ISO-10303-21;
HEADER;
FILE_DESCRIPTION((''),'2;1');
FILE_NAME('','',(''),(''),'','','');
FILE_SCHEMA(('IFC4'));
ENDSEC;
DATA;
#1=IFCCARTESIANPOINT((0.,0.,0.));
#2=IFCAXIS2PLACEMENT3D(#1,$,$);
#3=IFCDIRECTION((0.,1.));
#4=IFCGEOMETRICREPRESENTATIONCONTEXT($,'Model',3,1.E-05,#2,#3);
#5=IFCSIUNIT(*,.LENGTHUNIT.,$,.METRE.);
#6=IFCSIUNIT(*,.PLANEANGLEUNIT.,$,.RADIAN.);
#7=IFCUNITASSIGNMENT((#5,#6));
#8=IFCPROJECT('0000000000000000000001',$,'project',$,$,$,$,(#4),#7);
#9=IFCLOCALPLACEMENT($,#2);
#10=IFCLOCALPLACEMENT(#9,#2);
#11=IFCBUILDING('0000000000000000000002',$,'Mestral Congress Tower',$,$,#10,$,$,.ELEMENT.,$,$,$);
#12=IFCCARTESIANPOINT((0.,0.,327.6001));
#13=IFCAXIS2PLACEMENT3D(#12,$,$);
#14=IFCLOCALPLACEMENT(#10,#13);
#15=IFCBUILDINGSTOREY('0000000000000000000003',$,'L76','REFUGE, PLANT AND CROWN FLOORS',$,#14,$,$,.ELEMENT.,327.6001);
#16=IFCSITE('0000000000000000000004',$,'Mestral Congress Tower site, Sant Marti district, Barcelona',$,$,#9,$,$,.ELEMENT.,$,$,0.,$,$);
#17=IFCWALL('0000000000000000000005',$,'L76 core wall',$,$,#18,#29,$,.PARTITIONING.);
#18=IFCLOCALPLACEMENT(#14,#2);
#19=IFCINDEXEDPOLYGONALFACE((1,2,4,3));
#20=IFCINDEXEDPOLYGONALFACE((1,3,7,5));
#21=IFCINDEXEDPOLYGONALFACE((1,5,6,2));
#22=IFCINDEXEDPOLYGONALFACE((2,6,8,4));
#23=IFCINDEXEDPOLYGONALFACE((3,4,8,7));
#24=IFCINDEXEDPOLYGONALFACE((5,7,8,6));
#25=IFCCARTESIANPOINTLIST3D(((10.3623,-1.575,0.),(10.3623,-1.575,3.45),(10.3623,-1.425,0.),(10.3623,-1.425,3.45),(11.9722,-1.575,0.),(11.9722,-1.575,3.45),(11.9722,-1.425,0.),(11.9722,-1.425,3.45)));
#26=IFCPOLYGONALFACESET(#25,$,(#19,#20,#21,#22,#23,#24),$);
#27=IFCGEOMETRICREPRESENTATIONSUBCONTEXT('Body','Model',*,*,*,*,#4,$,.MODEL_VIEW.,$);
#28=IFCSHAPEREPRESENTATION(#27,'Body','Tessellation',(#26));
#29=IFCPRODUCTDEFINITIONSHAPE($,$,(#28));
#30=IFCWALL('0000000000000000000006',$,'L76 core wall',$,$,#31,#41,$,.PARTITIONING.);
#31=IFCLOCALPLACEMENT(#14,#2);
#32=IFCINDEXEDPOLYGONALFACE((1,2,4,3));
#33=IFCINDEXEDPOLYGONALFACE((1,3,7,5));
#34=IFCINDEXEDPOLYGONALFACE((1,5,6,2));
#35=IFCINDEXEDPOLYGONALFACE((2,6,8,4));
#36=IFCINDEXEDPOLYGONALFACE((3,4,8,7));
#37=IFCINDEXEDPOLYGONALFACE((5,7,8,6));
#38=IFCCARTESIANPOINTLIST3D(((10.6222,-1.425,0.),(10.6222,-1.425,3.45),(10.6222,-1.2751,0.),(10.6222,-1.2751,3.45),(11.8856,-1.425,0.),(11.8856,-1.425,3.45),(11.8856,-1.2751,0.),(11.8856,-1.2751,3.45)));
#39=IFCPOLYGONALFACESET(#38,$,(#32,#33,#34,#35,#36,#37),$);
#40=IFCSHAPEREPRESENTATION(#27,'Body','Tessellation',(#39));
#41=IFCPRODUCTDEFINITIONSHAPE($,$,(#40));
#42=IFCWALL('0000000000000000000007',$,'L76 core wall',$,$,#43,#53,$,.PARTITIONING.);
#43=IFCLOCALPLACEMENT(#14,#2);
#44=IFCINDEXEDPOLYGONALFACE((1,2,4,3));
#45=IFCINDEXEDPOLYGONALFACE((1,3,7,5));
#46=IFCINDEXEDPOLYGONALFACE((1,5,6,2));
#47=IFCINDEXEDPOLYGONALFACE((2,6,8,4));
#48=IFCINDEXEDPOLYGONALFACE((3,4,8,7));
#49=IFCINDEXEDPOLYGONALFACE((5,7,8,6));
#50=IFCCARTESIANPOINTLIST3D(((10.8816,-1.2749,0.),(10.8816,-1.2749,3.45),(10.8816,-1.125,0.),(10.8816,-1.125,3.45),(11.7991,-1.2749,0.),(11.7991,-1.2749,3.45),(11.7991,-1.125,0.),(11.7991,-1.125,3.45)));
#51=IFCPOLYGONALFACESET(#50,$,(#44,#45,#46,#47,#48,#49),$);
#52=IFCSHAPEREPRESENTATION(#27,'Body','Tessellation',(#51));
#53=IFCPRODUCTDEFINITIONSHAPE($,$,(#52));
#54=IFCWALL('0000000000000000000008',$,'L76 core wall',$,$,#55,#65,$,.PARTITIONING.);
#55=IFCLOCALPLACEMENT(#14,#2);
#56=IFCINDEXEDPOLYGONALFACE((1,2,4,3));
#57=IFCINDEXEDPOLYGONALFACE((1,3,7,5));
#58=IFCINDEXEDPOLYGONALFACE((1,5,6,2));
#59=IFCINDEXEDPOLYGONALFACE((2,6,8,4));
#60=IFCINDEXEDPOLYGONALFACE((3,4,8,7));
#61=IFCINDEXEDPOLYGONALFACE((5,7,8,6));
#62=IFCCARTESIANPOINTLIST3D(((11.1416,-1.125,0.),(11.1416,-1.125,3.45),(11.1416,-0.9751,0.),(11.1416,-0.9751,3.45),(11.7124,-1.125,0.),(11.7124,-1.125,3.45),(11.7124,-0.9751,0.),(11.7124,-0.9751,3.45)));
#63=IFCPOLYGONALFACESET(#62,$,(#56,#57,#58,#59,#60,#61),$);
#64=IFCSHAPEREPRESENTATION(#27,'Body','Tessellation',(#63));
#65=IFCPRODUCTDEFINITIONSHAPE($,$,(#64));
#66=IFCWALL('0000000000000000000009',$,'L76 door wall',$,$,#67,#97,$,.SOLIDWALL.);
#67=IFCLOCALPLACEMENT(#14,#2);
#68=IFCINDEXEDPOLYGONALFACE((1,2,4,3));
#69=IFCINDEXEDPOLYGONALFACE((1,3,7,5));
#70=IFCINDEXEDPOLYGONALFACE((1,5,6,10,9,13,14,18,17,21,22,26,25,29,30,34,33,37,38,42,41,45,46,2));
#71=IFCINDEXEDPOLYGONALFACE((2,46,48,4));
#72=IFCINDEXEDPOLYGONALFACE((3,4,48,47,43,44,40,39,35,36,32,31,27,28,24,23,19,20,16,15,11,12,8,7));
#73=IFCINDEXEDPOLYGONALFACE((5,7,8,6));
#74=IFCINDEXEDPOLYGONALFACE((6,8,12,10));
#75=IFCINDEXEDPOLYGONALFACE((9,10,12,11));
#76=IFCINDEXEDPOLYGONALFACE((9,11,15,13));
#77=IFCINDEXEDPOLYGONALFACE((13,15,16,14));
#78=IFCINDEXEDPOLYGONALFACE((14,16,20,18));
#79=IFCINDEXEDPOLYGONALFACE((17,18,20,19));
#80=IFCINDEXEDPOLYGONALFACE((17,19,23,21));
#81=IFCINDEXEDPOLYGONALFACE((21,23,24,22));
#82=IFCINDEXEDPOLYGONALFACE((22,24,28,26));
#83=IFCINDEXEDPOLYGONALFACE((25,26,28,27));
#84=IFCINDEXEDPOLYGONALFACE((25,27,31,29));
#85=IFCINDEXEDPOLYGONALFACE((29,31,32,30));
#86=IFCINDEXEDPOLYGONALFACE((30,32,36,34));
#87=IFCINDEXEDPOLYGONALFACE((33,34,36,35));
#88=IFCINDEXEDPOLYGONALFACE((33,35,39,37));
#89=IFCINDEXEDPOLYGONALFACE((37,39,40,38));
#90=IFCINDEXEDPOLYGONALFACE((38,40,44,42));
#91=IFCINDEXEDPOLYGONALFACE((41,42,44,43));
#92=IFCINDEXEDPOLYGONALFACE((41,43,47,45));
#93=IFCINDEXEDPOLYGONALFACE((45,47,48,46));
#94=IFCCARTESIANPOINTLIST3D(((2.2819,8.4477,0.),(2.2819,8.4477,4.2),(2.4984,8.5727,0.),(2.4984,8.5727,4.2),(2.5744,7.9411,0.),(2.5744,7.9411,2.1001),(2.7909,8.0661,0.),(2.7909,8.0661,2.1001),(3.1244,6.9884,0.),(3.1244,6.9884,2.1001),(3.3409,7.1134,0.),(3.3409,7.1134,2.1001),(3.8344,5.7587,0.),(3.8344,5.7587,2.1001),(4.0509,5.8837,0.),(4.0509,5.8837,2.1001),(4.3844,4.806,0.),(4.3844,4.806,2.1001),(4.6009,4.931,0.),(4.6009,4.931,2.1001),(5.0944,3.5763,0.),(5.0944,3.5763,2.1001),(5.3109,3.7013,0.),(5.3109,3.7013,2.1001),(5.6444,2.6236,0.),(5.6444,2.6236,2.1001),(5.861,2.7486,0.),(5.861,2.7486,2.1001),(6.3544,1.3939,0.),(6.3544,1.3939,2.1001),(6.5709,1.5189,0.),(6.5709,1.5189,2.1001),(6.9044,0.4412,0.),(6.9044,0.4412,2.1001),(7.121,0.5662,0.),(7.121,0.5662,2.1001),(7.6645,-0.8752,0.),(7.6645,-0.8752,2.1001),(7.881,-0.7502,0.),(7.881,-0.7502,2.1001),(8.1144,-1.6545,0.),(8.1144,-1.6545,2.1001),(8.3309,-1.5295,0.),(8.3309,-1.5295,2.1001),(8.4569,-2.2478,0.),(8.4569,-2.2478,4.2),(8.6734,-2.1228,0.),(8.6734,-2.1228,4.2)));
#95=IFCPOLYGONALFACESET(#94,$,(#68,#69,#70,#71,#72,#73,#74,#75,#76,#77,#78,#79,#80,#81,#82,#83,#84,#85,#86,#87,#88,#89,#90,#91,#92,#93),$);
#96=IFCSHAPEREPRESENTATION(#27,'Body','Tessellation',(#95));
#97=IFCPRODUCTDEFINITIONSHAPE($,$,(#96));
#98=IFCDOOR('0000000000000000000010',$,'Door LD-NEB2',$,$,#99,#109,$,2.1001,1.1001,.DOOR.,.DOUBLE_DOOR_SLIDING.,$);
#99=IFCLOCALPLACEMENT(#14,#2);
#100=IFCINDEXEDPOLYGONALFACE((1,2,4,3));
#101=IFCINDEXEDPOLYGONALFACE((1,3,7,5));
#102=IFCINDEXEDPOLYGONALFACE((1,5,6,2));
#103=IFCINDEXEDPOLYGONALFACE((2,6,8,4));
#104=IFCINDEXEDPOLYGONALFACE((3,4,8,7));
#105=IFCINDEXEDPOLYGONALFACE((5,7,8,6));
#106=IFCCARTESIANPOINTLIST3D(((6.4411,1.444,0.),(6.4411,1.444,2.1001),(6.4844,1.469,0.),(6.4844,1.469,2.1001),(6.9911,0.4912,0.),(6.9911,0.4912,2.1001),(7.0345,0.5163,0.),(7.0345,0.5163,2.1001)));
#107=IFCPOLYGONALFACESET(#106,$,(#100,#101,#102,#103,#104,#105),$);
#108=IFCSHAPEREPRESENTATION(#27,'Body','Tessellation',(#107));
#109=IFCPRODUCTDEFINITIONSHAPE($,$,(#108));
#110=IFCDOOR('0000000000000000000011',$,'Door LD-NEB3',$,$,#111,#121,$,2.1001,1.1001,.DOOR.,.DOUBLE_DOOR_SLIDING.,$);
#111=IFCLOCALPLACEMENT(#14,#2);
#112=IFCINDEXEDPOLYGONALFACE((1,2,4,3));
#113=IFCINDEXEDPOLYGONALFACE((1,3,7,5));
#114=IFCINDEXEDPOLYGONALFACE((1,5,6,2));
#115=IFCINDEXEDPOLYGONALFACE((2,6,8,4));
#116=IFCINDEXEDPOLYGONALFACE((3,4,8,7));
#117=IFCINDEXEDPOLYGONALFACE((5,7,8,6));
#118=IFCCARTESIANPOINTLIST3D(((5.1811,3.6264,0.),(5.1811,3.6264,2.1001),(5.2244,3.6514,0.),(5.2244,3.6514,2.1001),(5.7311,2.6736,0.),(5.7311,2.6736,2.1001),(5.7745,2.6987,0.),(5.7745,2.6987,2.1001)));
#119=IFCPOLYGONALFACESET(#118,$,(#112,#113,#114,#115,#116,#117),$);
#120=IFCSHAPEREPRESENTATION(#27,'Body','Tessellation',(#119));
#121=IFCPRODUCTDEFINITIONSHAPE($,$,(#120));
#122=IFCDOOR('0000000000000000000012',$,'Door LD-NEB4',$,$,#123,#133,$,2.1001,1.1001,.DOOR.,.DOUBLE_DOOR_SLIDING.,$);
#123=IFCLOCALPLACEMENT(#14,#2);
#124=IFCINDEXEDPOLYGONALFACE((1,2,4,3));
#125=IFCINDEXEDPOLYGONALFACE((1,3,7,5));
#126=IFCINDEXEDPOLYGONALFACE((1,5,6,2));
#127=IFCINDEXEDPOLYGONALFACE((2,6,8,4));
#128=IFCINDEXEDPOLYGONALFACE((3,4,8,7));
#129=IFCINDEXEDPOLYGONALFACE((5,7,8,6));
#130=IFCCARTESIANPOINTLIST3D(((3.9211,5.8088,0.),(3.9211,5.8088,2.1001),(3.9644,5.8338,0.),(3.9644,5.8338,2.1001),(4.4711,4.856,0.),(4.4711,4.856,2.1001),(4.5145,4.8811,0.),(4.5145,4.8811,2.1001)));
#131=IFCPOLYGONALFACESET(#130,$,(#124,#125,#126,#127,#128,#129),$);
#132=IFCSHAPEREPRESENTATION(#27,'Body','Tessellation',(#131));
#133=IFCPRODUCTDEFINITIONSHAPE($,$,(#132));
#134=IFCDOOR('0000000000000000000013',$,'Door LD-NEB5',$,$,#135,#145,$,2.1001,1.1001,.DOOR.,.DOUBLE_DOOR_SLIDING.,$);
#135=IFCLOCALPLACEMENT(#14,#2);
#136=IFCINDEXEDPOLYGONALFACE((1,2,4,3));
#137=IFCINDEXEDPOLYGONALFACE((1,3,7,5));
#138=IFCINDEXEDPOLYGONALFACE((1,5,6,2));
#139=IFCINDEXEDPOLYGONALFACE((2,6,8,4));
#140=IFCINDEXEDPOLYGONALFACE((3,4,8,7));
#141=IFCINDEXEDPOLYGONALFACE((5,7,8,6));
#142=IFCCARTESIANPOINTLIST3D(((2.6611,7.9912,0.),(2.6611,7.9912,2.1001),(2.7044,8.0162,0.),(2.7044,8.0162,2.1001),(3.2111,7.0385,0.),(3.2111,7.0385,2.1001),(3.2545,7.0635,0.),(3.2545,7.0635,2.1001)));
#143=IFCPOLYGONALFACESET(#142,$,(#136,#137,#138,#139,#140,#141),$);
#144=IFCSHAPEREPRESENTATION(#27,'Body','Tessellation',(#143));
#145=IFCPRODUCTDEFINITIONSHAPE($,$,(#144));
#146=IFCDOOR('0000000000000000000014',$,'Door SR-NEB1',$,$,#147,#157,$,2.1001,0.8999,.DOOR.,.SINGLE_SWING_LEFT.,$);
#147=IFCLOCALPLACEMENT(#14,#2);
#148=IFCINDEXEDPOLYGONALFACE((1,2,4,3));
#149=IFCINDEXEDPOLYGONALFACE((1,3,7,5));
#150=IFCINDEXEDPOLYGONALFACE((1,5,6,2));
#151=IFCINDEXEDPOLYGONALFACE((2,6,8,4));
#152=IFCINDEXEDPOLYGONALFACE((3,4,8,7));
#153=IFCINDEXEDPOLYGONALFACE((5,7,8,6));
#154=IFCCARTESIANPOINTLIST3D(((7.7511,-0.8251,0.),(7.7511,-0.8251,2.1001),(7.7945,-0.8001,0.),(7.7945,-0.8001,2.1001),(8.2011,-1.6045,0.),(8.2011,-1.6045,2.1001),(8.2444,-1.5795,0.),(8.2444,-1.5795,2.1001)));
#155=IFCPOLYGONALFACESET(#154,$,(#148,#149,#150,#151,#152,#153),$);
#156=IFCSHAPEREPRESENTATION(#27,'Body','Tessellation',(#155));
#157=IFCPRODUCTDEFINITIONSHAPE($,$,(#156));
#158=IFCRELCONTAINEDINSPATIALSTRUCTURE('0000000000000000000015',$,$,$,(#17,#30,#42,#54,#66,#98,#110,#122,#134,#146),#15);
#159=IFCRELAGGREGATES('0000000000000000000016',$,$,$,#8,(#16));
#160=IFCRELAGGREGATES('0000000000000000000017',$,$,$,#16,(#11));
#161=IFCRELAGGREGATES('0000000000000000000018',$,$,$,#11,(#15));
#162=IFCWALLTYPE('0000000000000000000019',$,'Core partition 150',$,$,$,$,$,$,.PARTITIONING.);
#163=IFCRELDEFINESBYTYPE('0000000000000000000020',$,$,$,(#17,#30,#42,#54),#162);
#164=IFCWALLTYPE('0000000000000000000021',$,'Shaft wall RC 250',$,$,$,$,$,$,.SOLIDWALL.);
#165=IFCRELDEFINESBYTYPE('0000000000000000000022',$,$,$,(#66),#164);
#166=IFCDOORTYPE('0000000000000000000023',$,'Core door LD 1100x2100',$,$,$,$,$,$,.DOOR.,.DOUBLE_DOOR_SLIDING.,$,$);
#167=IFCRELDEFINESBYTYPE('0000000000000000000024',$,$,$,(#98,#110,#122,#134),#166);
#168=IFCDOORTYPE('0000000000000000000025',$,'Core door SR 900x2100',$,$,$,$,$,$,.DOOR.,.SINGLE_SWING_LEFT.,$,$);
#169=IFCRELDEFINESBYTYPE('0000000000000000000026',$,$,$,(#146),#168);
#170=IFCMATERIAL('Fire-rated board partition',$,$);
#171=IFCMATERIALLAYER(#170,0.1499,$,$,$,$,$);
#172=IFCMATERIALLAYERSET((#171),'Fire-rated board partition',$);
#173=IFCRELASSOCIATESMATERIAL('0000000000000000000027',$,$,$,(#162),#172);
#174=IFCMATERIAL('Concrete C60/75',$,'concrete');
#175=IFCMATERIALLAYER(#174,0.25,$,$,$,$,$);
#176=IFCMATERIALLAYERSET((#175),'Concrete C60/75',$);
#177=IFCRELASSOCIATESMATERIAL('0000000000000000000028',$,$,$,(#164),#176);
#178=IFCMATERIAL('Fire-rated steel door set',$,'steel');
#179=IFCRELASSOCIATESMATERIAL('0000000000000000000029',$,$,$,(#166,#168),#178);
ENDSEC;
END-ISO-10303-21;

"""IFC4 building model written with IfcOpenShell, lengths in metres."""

from ifc_helpers import new_model, si_unit, direction, frame, frame_2d, origin, place, context, subcontext, project, spatial, rectangle, extrude, material, layer, layer_set, type_object, element, fill, save


model = new_model("IFC4")

# Units and contexts
model_context = context("Model", 3, precision=1e-05, world=origin(), true_north=direction((0.0, 1.0)))
body_context = subcontext(model_context, "Body", "Model", "MODEL_VIEW")
ifc_project = project(units=[si_unit("LENGTHUNIT", "METRE"), si_unit("PLANEANGLEUNIT", "RADIAN")], contexts=[model_context])

# Site, building, storey
site_placement = place(None, origin())
site = spatial("IfcSite", under=ifc_project, at=site_placement, Name="Mestral Congress Tower site, Sant Marti district, Barcelona", CompositionType="ELEMENT", RefElevation=0.0)
building_placement = place(site_placement, origin())
building = spatial("IfcBuilding", under=site, at=building_placement, Name="Mestral Congress Tower", CompositionType="ELEMENT")
storey_placement = place(building_placement, frame((0.0, 0.0, 327.6001)))
storey = spatial("IfcBuildingStorey", under=building, at=storey_placement, Name="L76", Description="REFUGE, PLANT AND CROWN FLOORS", CompositionType="ELEMENT", Elevation=327.6001)

# Walls
ifc_material_1 = material(Name="Fire-rated board partition")
ifc_layer_1 = layer(ifc_material_1, 0.1499)
ifc_layer_set_1 = layer_set([ifc_layer_1], Name="Fire-rated board partition")
wall_type_1 = type_object("IfcWallType", Name="Core partition 150", PredefinedType="PARTITIONING", material=ifc_layer_set_1)
wall_1_placement = place(storey_placement, frame((10.3623, -1.5, 0.0), z_axis=(0.0, 0.0, 1.0), x_axis=(1.0, 0.0, 0.0)))
element("IfcWall", 1, at=wall_1_placement, inside=storey, type_object=wall_type_1, Name="L76 core wall", PredefinedType="PARTITIONING", context=body_context, shape_type="SweptSolid", body=[
    extrude(rectangle(XDim=1.6099, YDim=0.1499, at=frame_2d((0.8049, 0.0))), origin(), (0.0, 0.0, 1.0), 3.45),
])
wall_2_placement = place(storey_placement, frame((10.6221, -1.3501, 0.0), z_axis=(0.0, 0.0, 1.0), x_axis=(1.0, 0.0, 0.0)))
element("IfcWall", 2, at=wall_2_placement, inside=storey, type_object=wall_type_1, Name="L76 core wall", PredefinedType="PARTITIONING", context=body_context, shape_type="SweptSolid", body=[
    extrude(rectangle(XDim=1.2634, YDim=0.1499, at=frame_2d((0.6318, 0.0))), origin(), (0.0, 0.0, 1.0), 3.45),
])
wall_3_placement = place(storey_placement, frame((10.8816, -1.2, 0.0), z_axis=(0.0, 0.0, 1.0), x_axis=(1.0, 0.0, 0.0)))
element("IfcWall", 3, at=wall_3_placement, inside=storey, type_object=wall_type_1, Name="L76 core wall", PredefinedType="PARTITIONING", context=body_context, shape_type="SweptSolid", body=[
    extrude(rectangle(XDim=0.9175, YDim=0.1499, at=frame_2d((0.4587, 0.0))), origin(), (0.0, 0.0, 1.0), 3.45),
])
wall_4_placement = place(storey_placement, frame((11.7124, -1.05, 0.0), z_axis=(0.0, 0.0, 1.0), x_axis=(-1.0, 0.0, 0.0)))
element("IfcWall", 4, at=wall_4_placement, inside=storey, type_object=wall_type_1, Name="L76 core wall", PredefinedType="PARTITIONING", context=body_context, shape_type="SweptSolid", body=[
    extrude(rectangle(XDim=0.5708, YDim=0.1499, at=frame_2d((0.2854, 0.0))), origin(), (0.0, 0.0, 1.0), 3.45),
])

# Wall, openings, doors
ifc_material_2 = material(Name="Concrete C60/75", Category="concrete")
ifc_layer_2 = layer(ifc_material_2, 0.25)
ifc_layer_set_2 = layer_set([ifc_layer_2], Name="Concrete C60/75")
wall_type_2 = type_object("IfcWallType", Name="Shaft wall RC 250", PredefinedType="SOLIDWALL", material=ifc_layer_set_2)
wall_5_placement = place(storey_placement, frame((8.5652, -2.1853, 0.0), z_axis=(0.0, 0.0, 1.0), x_axis=(-0.499998, 0.866027, 0.0)))
wall_5 = element("IfcWall", 5, at=wall_5_placement, inside=storey, type_object=wall_type_2, Name="L76 door wall", PredefinedType="SOLIDWALL", context=body_context, shape_type="SweptSolid", body=[
    extrude(rectangle(XDim=12.3501, YDim=0.25, at=frame_2d((6.175, 0.0))), origin(), (0.0, 0.0, 1.0), 4.2),
])
opening_1_placement = place(wall_5_placement, frame((0.6851, 0.0, 0.0)))
opening_1 = element("IfcOpeningElement", 6, at=opening_1_placement, cuts=wall_5, PredefinedType="OPENING", context=body_context, shape_type="SweptSolid", body=[
    extrude(rectangle(XDim=0.8999, YDim=2.1001, at=frame_2d((0.45, 1.05))), frame((0.0, 0.135, 0.0), z_axis=(0.0, -1.0, 0.0), x_axis=(1.0, 0.0, 0.0)), (0.0, 0.0, 1.0), 0.27),
])
opening_2_placement = place(wall_5_placement, frame((3.105, 0.0, 0.0)))
opening_2 = element("IfcOpeningElement", 7, at=opening_2_placement, cuts=wall_5, PredefinedType="OPENING", context=body_context, shape_type="SweptSolid", body=[
    extrude(rectangle(XDim=1.1001, YDim=2.1001, at=frame_2d((0.55, 1.05))), frame((0.0, 0.135, 0.0), z_axis=(0.0, -1.0, 0.0), x_axis=(1.0, 0.0, 0.0)), (0.0, 0.0, 1.0), 0.27),
])
opening_3_placement = place(wall_5_placement, frame((5.625, 0.0, 0.0)))
opening_3 = element("IfcOpeningElement", 8, at=opening_3_placement, cuts=wall_5, PredefinedType="OPENING", context=body_context, shape_type="SweptSolid", body=[
    extrude(rectangle(XDim=1.1001, YDim=2.1001, at=frame_2d((0.55, 1.05))), frame((0.0, 0.135, 0.0), z_axis=(0.0, -1.0, 0.0), x_axis=(1.0, 0.0, 0.0)), (0.0, 0.0, 1.0), 0.27),
])
opening_4_placement = place(wall_5_placement, frame((8.145, 0.0, 0.0)))
opening_4 = element("IfcOpeningElement", 9, at=opening_4_placement, cuts=wall_5, PredefinedType="OPENING", context=body_context, shape_type="SweptSolid", body=[
    extrude(rectangle(XDim=1.1001, YDim=2.1001, at=frame_2d((0.55, 1.05))), frame((0.0, 0.135, 0.0), z_axis=(0.0, -1.0, 0.0), x_axis=(1.0, 0.0, 0.0)), (0.0, 0.0, 1.0), 0.27),
])
opening_5_placement = place(wall_5_placement, frame((10.665, 0.0, 0.0)))
opening_5 = element("IfcOpeningElement", 10, at=opening_5_placement, cuts=wall_5, PredefinedType="OPENING", context=body_context, shape_type="SweptSolid", body=[
    extrude(rectangle(XDim=1.1001, YDim=2.1001, at=frame_2d((0.55, 1.05))), frame((0.0, 0.135, 0.0), z_axis=(0.0, -1.0, 0.0), x_axis=(1.0, 0.0, 0.0)), (0.0, 0.0, 1.0), 0.27),
])
ifc_material_3 = material(Name="Fire-rated steel door set", Category="steel")
door_type_1 = type_object("IfcDoorType", Name="Core door LD 1100x2100", OperationType="DOUBLE_DOOR_SLIDING", PredefinedType="DOOR", material=ifc_material_3)
door_1_placement = place(opening_2_placement, origin())
door_1 = element("IfcDoor", 11, at=door_1_placement, inside=storey, type_object=door_type_1, Name="Door LD-NEB2", OperationType="DOUBLE_DOOR_SLIDING", OverallHeight=2.1001, OverallWidth=1.1001, PredefinedType="DOOR", context=body_context, shape_type="SweptSolid", body=[
    extrude(rectangle(XDim=1.1001, YDim=2.1001, at=frame_2d((0.55, 1.05))), frame((0.0, 0.0249, 0.0), z_axis=(0.0, -1.0, 0.0), x_axis=(1.0, 0.0, 0.0)), (0.0, 0.0, 1.0), 0.05),
])
fill(opening_2, door_1)
door_2_placement = place(opening_3_placement, origin())
door_2 = element("IfcDoor", 12, at=door_2_placement, inside=storey, type_object=door_type_1, Name="Door LD-NEB3", OperationType="DOUBLE_DOOR_SLIDING", OverallHeight=2.1001, OverallWidth=1.1001, PredefinedType="DOOR", context=body_context, shape_type="SweptSolid", body=[
    extrude(rectangle(XDim=1.1001, YDim=2.1001, at=frame_2d((0.55, 1.05))), frame((0.0, 0.0249, 0.0), z_axis=(0.0, -1.0, 0.0), x_axis=(1.0, 0.0, 0.0)), (0.0, 0.0, 1.0), 0.05),
])
fill(opening_3, door_2)
door_3_placement = place(opening_4_placement, origin())
door_3 = element("IfcDoor", 13, at=door_3_placement, inside=storey, type_object=door_type_1, Name="Door LD-NEB4", OperationType="DOUBLE_DOOR_SLIDING", OverallHeight=2.1001, OverallWidth=1.1001, PredefinedType="DOOR", context=body_context, shape_type="SweptSolid", body=[
    extrude(rectangle(XDim=1.1001, YDim=2.1001, at=frame_2d((0.55, 1.05))), frame((0.0, 0.0249, 0.0), z_axis=(0.0, -1.0, 0.0), x_axis=(1.0, 0.0, 0.0)), (0.0, 0.0, 1.0), 0.05),
])
fill(opening_4, door_3)
door_4_placement = place(opening_5_placement, origin())
door_4 = element("IfcDoor", 14, at=door_4_placement, inside=storey, type_object=door_type_1, Name="Door LD-NEB5", OperationType="DOUBLE_DOOR_SLIDING", OverallHeight=2.1001, OverallWidth=1.1001, PredefinedType="DOOR", context=body_context, shape_type="SweptSolid", body=[
    extrude(rectangle(XDim=1.1001, YDim=2.1001, at=frame_2d((0.55, 1.05))), frame((0.0, 0.0249, 0.0), z_axis=(0.0, -1.0, 0.0), x_axis=(1.0, 0.0, 0.0)), (0.0, 0.0, 1.0), 0.05),
])
fill(opening_5, door_4)
door_type_2 = type_object("IfcDoorType", Name="Core door SR 900x2100", OperationType="SINGLE_SWING_LEFT", PredefinedType="DOOR", material=ifc_material_3)
door_5_placement = place(opening_1_placement, origin())
door_5 = element("IfcDoor", 15, at=door_5_placement, inside=storey, type_object=door_type_2, Name="Door SR-NEB1", OperationType="SINGLE_SWING_LEFT", OverallHeight=2.1001, OverallWidth=0.8999, PredefinedType="DOOR", context=body_context, shape_type="SweptSolid", body=[
    extrude(rectangle(XDim=0.8999, YDim=2.1001, at=frame_2d((0.45, 1.05))), frame((0.0, 0.0249, 0.0), z_axis=(0.0, -1.0, 0.0), x_axis=(1.0, 0.0, 0.0)), (0.0, 0.0, 1.0), 0.05),
])
fill(opening_1, door_5)

save(model, "model.ifc")
